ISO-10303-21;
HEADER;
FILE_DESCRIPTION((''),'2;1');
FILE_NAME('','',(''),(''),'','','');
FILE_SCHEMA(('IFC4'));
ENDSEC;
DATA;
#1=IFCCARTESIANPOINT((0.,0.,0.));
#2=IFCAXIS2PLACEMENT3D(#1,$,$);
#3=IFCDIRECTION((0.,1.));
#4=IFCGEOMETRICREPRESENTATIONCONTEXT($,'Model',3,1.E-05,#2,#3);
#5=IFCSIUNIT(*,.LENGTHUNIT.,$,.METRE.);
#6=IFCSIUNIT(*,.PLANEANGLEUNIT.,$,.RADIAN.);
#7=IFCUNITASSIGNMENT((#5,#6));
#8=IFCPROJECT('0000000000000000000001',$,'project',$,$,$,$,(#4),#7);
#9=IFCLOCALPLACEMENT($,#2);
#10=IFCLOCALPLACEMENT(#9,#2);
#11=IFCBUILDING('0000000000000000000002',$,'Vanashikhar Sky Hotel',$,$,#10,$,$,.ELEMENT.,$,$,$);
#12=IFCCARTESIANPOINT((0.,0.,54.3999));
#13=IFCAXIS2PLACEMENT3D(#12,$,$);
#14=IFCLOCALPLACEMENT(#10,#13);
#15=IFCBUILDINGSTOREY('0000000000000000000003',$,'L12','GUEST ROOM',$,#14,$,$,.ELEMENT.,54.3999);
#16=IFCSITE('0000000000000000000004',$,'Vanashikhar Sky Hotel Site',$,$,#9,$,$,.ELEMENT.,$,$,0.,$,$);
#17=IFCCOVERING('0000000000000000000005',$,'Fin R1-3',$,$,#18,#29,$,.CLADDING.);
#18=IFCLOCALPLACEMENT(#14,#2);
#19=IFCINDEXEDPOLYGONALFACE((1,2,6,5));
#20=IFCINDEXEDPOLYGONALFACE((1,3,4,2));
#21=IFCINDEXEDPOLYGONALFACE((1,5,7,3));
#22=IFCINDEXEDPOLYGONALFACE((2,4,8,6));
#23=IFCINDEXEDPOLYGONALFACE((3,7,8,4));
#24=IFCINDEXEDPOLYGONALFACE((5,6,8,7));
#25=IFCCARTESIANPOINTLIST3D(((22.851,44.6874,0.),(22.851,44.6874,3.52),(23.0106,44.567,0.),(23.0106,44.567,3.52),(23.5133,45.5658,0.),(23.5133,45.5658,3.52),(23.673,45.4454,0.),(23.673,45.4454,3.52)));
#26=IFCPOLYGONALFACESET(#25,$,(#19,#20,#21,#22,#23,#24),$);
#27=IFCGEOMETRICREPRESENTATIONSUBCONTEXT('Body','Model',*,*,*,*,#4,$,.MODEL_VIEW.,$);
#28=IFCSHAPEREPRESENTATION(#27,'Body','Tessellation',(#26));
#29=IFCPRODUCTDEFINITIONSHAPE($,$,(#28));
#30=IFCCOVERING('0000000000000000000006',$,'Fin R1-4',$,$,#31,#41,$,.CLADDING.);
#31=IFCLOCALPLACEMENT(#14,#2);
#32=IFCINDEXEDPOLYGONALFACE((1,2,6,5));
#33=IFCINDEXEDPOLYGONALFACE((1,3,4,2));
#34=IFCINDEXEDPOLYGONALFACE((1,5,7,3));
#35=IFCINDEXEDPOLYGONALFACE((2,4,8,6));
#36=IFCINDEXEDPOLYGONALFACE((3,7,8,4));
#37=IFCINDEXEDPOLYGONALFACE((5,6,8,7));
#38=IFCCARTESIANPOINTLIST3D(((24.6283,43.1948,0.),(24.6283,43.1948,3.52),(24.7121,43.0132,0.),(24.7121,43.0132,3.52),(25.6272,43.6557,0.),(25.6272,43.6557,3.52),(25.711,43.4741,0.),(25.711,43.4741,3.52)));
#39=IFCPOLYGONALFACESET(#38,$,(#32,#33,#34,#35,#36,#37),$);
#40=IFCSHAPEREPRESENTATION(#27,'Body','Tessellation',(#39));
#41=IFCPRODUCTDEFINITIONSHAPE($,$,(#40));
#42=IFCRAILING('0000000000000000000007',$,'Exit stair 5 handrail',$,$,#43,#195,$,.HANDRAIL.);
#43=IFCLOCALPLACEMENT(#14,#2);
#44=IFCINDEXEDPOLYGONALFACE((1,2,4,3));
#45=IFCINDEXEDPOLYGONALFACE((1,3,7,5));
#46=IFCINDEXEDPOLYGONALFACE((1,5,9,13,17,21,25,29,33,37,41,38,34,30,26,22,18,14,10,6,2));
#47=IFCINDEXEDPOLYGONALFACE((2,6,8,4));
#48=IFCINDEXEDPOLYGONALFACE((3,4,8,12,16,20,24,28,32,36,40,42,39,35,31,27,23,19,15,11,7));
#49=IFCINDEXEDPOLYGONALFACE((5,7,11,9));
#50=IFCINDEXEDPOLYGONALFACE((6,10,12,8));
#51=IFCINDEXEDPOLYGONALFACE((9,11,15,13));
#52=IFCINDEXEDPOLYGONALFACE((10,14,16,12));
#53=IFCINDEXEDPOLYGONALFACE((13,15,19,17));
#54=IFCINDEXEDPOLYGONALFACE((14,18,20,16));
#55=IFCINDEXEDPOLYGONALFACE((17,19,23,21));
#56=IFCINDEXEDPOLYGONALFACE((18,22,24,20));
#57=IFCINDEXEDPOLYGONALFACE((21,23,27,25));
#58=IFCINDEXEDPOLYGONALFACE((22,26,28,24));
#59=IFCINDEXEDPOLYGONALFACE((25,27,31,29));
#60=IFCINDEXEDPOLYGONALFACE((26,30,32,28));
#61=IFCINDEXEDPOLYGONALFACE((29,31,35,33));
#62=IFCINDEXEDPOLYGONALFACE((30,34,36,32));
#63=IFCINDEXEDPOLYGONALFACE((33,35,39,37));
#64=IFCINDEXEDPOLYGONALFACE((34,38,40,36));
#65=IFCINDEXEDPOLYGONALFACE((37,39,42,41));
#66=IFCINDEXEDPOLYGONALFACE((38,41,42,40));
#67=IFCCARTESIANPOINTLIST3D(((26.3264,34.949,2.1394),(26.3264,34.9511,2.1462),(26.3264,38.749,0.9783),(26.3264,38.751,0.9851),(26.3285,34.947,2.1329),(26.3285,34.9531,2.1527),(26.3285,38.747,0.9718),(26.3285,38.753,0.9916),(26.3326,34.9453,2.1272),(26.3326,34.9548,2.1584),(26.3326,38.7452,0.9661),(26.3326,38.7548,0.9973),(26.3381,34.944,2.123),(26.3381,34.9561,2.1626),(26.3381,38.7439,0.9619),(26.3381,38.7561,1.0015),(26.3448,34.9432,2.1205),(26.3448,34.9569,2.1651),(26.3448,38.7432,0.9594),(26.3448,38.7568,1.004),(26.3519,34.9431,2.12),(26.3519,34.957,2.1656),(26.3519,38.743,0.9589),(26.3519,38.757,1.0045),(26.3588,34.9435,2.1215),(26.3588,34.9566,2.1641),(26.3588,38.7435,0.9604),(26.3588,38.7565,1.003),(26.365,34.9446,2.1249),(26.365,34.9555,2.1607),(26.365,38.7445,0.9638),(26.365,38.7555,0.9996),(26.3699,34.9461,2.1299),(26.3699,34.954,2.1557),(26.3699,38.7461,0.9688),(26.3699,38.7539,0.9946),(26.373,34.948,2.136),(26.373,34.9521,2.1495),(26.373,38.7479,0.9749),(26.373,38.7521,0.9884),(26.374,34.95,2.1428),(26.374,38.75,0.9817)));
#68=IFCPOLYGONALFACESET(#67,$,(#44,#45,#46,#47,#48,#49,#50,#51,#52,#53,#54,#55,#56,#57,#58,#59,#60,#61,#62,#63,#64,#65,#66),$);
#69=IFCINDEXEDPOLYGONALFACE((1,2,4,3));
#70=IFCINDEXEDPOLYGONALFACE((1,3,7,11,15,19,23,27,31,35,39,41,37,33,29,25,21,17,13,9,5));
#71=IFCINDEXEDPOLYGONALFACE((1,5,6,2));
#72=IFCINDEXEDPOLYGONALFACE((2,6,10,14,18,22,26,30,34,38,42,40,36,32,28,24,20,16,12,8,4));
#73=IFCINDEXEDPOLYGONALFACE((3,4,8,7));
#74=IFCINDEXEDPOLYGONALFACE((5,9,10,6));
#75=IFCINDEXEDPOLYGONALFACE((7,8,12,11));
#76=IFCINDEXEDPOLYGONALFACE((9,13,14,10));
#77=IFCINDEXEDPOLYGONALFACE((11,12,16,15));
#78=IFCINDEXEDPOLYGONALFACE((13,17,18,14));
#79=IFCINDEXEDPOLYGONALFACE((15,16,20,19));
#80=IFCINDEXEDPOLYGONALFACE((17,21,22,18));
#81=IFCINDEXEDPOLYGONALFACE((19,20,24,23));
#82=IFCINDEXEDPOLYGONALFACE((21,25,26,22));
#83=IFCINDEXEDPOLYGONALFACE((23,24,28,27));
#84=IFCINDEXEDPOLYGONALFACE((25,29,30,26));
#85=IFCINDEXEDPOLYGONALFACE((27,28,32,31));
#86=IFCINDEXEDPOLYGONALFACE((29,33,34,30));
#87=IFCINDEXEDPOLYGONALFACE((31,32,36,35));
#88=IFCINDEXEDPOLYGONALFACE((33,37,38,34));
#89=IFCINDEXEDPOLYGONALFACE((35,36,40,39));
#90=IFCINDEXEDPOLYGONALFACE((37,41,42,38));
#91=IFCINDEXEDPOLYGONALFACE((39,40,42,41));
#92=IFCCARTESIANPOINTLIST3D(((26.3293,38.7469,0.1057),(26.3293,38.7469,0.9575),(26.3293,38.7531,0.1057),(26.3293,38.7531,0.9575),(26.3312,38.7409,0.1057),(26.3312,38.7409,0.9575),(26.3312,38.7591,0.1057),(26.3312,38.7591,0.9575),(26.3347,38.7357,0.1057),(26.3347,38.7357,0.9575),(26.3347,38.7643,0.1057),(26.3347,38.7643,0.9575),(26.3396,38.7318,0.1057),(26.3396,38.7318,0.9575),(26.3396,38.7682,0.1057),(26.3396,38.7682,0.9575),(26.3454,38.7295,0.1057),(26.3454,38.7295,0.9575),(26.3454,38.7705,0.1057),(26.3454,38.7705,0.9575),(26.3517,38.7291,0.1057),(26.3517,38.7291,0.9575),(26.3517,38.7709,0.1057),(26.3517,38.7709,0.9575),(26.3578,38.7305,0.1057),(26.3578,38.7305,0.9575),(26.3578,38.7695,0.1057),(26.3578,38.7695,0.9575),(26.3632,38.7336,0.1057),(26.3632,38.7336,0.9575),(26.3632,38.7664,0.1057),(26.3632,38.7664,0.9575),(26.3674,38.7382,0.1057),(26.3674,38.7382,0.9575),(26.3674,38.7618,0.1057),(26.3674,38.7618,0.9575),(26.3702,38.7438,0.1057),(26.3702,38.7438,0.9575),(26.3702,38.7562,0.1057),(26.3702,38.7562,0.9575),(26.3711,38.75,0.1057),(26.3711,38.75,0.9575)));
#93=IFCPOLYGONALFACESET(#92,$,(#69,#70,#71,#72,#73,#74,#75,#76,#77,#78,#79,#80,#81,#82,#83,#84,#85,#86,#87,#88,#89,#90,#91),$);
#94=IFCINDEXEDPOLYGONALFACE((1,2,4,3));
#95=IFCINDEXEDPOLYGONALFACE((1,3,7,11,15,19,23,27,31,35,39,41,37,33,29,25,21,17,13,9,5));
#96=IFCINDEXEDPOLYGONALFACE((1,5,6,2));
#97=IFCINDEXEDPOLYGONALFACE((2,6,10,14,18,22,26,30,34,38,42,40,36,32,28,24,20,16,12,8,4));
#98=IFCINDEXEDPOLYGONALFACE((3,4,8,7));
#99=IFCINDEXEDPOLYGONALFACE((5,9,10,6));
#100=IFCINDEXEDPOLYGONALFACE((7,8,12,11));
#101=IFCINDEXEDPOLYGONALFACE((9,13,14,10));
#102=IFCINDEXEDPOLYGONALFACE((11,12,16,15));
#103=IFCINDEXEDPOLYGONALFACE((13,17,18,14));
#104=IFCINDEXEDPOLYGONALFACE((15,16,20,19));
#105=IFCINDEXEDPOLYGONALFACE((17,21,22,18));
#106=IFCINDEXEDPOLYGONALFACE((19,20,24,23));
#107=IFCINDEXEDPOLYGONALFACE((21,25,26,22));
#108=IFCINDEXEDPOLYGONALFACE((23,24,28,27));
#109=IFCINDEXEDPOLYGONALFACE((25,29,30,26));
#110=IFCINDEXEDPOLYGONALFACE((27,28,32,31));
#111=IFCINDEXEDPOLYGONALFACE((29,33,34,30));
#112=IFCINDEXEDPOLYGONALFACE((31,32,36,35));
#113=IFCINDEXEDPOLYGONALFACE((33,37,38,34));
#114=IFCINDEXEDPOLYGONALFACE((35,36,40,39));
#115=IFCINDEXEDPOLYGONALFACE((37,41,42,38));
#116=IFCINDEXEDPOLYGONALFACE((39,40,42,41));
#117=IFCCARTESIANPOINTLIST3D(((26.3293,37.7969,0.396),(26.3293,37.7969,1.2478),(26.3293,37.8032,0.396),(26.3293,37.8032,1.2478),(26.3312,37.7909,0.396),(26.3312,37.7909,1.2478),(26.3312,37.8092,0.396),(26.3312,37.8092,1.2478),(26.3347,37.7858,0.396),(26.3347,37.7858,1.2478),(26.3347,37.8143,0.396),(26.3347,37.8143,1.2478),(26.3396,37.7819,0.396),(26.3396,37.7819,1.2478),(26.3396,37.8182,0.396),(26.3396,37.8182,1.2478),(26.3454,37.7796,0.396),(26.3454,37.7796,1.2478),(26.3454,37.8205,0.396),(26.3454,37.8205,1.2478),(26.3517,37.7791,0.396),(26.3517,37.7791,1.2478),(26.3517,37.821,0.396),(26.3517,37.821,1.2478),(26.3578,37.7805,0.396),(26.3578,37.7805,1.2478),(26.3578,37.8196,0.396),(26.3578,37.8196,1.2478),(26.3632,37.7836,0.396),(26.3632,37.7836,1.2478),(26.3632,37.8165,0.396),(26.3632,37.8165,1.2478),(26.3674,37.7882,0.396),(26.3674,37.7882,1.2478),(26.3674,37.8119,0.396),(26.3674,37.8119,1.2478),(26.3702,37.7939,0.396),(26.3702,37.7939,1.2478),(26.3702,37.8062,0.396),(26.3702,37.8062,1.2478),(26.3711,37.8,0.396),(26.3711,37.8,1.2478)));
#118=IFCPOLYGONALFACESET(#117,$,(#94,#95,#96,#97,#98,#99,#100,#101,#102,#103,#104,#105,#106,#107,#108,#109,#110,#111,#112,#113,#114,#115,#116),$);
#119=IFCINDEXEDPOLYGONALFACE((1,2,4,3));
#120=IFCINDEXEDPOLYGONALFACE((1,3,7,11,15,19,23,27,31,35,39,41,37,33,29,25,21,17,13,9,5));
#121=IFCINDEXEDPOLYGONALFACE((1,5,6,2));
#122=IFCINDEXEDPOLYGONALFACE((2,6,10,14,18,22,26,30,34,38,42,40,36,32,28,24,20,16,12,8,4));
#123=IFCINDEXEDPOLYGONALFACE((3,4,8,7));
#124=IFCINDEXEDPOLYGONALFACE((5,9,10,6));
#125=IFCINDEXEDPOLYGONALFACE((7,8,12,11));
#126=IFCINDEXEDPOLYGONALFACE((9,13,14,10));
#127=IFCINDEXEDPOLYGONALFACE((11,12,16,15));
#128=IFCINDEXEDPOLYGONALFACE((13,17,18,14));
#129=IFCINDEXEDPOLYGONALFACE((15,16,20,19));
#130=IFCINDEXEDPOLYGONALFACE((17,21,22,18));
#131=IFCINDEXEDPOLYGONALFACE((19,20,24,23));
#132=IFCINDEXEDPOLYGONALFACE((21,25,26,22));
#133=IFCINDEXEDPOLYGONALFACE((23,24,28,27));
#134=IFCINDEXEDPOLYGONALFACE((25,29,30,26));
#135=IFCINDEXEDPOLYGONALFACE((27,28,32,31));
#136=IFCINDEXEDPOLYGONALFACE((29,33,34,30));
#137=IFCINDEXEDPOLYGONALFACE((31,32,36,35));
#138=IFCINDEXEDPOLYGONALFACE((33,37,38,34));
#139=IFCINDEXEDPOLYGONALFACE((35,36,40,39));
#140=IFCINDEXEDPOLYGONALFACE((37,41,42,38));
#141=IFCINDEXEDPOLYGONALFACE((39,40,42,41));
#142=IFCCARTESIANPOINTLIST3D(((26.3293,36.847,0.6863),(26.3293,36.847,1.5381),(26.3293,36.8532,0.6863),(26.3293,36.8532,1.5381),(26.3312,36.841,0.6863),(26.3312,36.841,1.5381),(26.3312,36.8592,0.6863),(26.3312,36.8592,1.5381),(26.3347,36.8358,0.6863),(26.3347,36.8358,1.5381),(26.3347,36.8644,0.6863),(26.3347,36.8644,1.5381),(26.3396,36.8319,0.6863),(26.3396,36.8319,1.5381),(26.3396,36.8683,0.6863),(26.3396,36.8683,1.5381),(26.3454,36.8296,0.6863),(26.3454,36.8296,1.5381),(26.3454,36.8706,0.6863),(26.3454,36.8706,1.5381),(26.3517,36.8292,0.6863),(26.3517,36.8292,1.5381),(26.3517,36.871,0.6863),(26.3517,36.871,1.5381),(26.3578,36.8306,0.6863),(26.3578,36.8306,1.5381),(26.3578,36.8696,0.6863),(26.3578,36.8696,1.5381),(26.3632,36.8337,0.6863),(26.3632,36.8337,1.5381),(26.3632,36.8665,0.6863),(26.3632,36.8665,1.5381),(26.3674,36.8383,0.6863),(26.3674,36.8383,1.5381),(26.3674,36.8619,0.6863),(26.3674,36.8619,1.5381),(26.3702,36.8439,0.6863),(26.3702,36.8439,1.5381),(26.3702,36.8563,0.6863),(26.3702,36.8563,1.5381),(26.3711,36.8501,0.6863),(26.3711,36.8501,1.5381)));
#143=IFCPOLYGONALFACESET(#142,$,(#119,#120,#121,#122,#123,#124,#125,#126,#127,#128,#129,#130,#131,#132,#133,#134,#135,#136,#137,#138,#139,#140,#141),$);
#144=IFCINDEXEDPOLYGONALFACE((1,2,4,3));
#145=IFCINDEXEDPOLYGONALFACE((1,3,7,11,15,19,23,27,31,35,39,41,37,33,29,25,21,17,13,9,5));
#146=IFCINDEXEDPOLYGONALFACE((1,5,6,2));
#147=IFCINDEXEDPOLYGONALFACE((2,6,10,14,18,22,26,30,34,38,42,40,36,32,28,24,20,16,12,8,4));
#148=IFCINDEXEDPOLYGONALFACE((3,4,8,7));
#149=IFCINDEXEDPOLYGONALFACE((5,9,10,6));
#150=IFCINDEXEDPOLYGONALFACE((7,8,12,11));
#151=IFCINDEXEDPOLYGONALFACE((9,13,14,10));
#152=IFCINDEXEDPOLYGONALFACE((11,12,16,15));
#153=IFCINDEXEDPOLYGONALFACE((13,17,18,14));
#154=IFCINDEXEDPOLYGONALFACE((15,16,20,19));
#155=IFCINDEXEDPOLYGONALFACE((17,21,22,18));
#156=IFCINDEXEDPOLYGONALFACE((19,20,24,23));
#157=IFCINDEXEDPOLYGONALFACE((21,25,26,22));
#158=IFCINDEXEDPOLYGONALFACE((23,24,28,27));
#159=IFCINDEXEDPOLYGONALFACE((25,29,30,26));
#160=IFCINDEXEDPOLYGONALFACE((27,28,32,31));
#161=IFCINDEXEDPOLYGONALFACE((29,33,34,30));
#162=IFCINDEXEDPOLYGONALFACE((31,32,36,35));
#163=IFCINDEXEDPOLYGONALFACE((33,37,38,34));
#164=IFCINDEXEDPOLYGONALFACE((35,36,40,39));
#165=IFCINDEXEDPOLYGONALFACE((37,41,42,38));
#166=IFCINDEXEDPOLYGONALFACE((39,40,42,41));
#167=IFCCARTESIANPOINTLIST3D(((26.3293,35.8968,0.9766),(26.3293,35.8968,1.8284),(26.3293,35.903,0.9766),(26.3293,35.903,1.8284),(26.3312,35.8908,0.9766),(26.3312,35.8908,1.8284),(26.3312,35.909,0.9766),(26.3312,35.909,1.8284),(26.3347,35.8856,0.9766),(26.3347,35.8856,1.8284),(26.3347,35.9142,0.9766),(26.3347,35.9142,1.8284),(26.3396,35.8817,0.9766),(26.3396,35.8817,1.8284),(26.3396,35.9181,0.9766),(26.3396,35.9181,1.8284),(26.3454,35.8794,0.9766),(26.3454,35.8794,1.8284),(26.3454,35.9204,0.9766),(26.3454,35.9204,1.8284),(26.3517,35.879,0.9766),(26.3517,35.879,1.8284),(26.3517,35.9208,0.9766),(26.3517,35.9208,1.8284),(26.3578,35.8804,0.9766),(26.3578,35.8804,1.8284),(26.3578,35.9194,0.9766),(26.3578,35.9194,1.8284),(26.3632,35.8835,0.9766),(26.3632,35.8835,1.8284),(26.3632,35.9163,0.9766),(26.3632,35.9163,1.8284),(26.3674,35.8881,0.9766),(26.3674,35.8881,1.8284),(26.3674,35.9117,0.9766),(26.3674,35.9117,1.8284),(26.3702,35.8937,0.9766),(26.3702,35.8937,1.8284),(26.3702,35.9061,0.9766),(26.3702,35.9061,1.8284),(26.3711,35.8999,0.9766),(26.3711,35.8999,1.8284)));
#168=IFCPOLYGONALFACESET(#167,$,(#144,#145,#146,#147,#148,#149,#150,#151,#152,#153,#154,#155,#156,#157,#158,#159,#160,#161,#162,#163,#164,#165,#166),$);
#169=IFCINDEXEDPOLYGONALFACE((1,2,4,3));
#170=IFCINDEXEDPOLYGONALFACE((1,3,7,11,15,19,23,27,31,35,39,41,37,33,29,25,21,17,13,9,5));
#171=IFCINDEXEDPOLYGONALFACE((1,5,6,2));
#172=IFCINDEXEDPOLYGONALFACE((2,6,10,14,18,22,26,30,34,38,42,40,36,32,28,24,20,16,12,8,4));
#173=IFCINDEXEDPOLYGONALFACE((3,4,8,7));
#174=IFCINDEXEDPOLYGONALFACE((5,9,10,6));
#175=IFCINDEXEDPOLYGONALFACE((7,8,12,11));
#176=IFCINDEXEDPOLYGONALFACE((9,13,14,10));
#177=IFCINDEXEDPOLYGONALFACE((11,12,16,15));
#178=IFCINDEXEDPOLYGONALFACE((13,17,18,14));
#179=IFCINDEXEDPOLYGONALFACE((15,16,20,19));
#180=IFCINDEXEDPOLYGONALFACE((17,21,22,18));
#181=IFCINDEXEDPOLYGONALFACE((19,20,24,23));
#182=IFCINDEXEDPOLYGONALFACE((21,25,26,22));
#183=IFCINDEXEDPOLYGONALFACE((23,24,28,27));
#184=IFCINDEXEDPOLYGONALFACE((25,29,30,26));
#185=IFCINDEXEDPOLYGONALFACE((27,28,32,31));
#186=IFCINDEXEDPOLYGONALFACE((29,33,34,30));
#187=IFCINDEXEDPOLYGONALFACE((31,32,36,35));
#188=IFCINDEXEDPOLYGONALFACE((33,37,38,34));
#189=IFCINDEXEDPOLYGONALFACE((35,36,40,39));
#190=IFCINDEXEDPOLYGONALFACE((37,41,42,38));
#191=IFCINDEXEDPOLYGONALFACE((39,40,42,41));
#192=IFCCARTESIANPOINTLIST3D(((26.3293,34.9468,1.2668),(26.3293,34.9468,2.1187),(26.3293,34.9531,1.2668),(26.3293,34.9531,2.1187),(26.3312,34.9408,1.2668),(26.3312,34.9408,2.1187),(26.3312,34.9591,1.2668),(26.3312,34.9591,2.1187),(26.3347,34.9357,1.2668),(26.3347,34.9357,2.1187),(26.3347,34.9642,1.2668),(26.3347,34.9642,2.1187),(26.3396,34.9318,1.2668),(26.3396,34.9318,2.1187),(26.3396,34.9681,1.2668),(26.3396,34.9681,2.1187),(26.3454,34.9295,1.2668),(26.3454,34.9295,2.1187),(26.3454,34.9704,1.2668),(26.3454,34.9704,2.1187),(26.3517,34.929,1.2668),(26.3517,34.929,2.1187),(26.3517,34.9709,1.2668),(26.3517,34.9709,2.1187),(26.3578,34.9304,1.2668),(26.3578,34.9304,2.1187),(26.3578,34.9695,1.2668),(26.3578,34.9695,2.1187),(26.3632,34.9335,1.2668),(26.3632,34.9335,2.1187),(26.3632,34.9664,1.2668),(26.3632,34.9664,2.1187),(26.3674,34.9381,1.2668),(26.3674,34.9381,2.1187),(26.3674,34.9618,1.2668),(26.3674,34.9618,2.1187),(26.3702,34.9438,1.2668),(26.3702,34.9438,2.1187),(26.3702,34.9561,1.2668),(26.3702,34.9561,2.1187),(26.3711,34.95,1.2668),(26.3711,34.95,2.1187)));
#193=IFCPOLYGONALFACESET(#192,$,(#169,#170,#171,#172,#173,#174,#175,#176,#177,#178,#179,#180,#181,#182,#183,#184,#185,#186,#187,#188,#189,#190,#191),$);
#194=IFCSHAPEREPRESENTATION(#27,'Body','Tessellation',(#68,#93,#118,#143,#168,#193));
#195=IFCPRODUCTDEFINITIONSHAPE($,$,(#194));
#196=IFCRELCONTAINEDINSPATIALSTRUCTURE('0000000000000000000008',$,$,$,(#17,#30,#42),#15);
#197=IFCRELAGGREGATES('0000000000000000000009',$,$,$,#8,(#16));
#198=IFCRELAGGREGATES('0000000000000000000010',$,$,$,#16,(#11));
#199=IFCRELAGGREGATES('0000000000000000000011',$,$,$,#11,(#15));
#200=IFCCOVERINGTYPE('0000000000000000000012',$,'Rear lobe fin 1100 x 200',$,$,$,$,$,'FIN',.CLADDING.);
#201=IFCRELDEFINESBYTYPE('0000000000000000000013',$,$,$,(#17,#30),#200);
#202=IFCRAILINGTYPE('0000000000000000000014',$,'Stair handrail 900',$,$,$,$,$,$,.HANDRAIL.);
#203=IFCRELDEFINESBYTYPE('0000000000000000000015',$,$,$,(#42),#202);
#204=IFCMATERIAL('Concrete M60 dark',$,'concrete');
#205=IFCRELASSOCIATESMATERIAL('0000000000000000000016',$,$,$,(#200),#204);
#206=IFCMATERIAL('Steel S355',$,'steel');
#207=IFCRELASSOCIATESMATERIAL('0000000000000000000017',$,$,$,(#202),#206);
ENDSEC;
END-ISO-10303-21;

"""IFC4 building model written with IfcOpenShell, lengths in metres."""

from ifc_helpers import new_model, si_unit, direction, frame, origin, origin_2d, place, context, subcontext, project, spatial, rectangle, circle, extrude, source, transform, mapped, material, material_profile, profile_set, type_object, element, save


model = new_model("IFC4")

# Units and contexts
model_context = context("Model", 3, precision=1e-05, world=origin(), true_north=direction((0.0, 1.0)))
body_context = subcontext(model_context, "Body", "Model", "MODEL_VIEW")
ifc_project = project(units=[si_unit("LENGTHUNIT", "METRE"), si_unit("PLANEANGLEUNIT", "RADIAN")], contexts=[model_context])

# Site, building, storey
site_placement = place(None, origin())
site = spatial("IfcSite", under=ifc_project, at=site_placement, Name="Vanashikhar Sky Hotel Site", CompositionType="ELEMENT", RefElevation=0.0)
building_placement = place(site_placement, origin())
building = spatial("IfcBuilding", under=site, at=building_placement, Name="Vanashikhar Sky Hotel", CompositionType="ELEMENT")
storey_placement = place(building_placement, frame((0.0, 0.0, 54.3999)))
storey = spatial("IfcBuildingStorey", under=building, at=storey_placement, Name="L12", Description="GUEST ROOM", CompositionType="ELEMENT", Elevation=54.3999)

# Coverings
ifc_material_1 = material(Name="Concrete M60 dark", Category="concrete")
ifc_material_profile = material_profile(ifc_material_1, rectangle(XDim=1.1001, YDim=0.2, at=origin_2d()))
ifc_profile_set = profile_set([ifc_material_profile], Name="Rear lobe fin 1100 x 200")
covering_type = type_object("IfcCoveringType", Name="Rear lobe fin 1100 x 200", ElementType="FIN", PredefinedType="CLADDING", material=ifc_profile_set)
shared_shape_1 = source(origin(), body_context, "Body", "SweptSolid", [
    extrude(rectangle(XDim=1.1001, YDim=0.2, at=origin_2d()), origin(), (0.0, 0.0, 1.0), 3.52),
])
for number, where, z_axis, x_axis, name in (
    (1, (23.262, 45.0664, 0.0), (0.0, 0.0, 1.0), (0.602066, 0.798446, 0.0), "Fin R1-3"),
    (2, (25.1697, 43.3345, 0.0), (0.0, 0.0, 1.0), (0.908004, 0.418961, 0.0), "Fin R1-4"),
):
    element("IfcCovering", number, at=place(storey_placement, frame(where, z_axis=z_axis, x_axis=x_axis)), inside=storey, type_object=covering_type, Name=name, PredefinedType="CLADDING", context=body_context, shape_type="MappedRepresentation", body=[
        mapped(shared_shape_1, transform((0.0, 0.0, 0.0), scale=1.0)),
    ])

# Railing
ifc_material_2 = material(Name="Steel S355", Category="steel")
railing_type = type_object("IfcRailingType", Name="Stair handrail 900", PredefinedType="HANDRAIL", material=ifc_material_2)
shared_shape_2 = source(origin(), body_context, "Body", "SweptSolid", [
    extrude(circle(Radius=0.0239, at=origin_2d()), frame((0.0, 0.0, 0.876), z_axis=(0.0, -0.956351, 0.29222), x_axis=(1.0, 0.0, 0.0)), (0.0, 0.0, 1.0), 3.9734),
    extrude(circle(Radius=0.021, at=origin_2d()), origin(), (0.0, 0.0, 1.0), 0.8518),
    extrude(circle(Radius=0.021, at=origin_2d()), frame((0.0, -0.95, 0.2903)), (0.0, 0.0, 1.0), 0.8518),
    extrude(circle(Radius=0.021, at=origin_2d()), frame((0.0, -1.8999, 0.5806)), (0.0, 0.0, 1.0), 0.8518),
    extrude(circle(Radius=0.021, at=origin_2d()), frame((0.0, -2.8501, 0.8708)), (0.0, 0.0, 1.0), 0.8518),
    extrude(circle(Radius=0.021, at=origin_2d()), frame((0.0, -3.8, 1.1611)), (0.0, 0.0, 1.0), 0.8518),
])
for number, where, name in (
    (3, (26.3501, 38.75, 0.1057), "Exit stair 5 handrail"),
):
    element("IfcRailing", number, at=place(storey_placement, frame(where)), inside=storey, type_object=railing_type, Name=name, PredefinedType="HANDRAIL", context=body_context, shape_type="MappedRepresentation", body=[
        mapped(shared_shape_2, transform((0.0, 0.0, 0.0), scale=1.0)),
    ])

save(model, "model.ifc")
